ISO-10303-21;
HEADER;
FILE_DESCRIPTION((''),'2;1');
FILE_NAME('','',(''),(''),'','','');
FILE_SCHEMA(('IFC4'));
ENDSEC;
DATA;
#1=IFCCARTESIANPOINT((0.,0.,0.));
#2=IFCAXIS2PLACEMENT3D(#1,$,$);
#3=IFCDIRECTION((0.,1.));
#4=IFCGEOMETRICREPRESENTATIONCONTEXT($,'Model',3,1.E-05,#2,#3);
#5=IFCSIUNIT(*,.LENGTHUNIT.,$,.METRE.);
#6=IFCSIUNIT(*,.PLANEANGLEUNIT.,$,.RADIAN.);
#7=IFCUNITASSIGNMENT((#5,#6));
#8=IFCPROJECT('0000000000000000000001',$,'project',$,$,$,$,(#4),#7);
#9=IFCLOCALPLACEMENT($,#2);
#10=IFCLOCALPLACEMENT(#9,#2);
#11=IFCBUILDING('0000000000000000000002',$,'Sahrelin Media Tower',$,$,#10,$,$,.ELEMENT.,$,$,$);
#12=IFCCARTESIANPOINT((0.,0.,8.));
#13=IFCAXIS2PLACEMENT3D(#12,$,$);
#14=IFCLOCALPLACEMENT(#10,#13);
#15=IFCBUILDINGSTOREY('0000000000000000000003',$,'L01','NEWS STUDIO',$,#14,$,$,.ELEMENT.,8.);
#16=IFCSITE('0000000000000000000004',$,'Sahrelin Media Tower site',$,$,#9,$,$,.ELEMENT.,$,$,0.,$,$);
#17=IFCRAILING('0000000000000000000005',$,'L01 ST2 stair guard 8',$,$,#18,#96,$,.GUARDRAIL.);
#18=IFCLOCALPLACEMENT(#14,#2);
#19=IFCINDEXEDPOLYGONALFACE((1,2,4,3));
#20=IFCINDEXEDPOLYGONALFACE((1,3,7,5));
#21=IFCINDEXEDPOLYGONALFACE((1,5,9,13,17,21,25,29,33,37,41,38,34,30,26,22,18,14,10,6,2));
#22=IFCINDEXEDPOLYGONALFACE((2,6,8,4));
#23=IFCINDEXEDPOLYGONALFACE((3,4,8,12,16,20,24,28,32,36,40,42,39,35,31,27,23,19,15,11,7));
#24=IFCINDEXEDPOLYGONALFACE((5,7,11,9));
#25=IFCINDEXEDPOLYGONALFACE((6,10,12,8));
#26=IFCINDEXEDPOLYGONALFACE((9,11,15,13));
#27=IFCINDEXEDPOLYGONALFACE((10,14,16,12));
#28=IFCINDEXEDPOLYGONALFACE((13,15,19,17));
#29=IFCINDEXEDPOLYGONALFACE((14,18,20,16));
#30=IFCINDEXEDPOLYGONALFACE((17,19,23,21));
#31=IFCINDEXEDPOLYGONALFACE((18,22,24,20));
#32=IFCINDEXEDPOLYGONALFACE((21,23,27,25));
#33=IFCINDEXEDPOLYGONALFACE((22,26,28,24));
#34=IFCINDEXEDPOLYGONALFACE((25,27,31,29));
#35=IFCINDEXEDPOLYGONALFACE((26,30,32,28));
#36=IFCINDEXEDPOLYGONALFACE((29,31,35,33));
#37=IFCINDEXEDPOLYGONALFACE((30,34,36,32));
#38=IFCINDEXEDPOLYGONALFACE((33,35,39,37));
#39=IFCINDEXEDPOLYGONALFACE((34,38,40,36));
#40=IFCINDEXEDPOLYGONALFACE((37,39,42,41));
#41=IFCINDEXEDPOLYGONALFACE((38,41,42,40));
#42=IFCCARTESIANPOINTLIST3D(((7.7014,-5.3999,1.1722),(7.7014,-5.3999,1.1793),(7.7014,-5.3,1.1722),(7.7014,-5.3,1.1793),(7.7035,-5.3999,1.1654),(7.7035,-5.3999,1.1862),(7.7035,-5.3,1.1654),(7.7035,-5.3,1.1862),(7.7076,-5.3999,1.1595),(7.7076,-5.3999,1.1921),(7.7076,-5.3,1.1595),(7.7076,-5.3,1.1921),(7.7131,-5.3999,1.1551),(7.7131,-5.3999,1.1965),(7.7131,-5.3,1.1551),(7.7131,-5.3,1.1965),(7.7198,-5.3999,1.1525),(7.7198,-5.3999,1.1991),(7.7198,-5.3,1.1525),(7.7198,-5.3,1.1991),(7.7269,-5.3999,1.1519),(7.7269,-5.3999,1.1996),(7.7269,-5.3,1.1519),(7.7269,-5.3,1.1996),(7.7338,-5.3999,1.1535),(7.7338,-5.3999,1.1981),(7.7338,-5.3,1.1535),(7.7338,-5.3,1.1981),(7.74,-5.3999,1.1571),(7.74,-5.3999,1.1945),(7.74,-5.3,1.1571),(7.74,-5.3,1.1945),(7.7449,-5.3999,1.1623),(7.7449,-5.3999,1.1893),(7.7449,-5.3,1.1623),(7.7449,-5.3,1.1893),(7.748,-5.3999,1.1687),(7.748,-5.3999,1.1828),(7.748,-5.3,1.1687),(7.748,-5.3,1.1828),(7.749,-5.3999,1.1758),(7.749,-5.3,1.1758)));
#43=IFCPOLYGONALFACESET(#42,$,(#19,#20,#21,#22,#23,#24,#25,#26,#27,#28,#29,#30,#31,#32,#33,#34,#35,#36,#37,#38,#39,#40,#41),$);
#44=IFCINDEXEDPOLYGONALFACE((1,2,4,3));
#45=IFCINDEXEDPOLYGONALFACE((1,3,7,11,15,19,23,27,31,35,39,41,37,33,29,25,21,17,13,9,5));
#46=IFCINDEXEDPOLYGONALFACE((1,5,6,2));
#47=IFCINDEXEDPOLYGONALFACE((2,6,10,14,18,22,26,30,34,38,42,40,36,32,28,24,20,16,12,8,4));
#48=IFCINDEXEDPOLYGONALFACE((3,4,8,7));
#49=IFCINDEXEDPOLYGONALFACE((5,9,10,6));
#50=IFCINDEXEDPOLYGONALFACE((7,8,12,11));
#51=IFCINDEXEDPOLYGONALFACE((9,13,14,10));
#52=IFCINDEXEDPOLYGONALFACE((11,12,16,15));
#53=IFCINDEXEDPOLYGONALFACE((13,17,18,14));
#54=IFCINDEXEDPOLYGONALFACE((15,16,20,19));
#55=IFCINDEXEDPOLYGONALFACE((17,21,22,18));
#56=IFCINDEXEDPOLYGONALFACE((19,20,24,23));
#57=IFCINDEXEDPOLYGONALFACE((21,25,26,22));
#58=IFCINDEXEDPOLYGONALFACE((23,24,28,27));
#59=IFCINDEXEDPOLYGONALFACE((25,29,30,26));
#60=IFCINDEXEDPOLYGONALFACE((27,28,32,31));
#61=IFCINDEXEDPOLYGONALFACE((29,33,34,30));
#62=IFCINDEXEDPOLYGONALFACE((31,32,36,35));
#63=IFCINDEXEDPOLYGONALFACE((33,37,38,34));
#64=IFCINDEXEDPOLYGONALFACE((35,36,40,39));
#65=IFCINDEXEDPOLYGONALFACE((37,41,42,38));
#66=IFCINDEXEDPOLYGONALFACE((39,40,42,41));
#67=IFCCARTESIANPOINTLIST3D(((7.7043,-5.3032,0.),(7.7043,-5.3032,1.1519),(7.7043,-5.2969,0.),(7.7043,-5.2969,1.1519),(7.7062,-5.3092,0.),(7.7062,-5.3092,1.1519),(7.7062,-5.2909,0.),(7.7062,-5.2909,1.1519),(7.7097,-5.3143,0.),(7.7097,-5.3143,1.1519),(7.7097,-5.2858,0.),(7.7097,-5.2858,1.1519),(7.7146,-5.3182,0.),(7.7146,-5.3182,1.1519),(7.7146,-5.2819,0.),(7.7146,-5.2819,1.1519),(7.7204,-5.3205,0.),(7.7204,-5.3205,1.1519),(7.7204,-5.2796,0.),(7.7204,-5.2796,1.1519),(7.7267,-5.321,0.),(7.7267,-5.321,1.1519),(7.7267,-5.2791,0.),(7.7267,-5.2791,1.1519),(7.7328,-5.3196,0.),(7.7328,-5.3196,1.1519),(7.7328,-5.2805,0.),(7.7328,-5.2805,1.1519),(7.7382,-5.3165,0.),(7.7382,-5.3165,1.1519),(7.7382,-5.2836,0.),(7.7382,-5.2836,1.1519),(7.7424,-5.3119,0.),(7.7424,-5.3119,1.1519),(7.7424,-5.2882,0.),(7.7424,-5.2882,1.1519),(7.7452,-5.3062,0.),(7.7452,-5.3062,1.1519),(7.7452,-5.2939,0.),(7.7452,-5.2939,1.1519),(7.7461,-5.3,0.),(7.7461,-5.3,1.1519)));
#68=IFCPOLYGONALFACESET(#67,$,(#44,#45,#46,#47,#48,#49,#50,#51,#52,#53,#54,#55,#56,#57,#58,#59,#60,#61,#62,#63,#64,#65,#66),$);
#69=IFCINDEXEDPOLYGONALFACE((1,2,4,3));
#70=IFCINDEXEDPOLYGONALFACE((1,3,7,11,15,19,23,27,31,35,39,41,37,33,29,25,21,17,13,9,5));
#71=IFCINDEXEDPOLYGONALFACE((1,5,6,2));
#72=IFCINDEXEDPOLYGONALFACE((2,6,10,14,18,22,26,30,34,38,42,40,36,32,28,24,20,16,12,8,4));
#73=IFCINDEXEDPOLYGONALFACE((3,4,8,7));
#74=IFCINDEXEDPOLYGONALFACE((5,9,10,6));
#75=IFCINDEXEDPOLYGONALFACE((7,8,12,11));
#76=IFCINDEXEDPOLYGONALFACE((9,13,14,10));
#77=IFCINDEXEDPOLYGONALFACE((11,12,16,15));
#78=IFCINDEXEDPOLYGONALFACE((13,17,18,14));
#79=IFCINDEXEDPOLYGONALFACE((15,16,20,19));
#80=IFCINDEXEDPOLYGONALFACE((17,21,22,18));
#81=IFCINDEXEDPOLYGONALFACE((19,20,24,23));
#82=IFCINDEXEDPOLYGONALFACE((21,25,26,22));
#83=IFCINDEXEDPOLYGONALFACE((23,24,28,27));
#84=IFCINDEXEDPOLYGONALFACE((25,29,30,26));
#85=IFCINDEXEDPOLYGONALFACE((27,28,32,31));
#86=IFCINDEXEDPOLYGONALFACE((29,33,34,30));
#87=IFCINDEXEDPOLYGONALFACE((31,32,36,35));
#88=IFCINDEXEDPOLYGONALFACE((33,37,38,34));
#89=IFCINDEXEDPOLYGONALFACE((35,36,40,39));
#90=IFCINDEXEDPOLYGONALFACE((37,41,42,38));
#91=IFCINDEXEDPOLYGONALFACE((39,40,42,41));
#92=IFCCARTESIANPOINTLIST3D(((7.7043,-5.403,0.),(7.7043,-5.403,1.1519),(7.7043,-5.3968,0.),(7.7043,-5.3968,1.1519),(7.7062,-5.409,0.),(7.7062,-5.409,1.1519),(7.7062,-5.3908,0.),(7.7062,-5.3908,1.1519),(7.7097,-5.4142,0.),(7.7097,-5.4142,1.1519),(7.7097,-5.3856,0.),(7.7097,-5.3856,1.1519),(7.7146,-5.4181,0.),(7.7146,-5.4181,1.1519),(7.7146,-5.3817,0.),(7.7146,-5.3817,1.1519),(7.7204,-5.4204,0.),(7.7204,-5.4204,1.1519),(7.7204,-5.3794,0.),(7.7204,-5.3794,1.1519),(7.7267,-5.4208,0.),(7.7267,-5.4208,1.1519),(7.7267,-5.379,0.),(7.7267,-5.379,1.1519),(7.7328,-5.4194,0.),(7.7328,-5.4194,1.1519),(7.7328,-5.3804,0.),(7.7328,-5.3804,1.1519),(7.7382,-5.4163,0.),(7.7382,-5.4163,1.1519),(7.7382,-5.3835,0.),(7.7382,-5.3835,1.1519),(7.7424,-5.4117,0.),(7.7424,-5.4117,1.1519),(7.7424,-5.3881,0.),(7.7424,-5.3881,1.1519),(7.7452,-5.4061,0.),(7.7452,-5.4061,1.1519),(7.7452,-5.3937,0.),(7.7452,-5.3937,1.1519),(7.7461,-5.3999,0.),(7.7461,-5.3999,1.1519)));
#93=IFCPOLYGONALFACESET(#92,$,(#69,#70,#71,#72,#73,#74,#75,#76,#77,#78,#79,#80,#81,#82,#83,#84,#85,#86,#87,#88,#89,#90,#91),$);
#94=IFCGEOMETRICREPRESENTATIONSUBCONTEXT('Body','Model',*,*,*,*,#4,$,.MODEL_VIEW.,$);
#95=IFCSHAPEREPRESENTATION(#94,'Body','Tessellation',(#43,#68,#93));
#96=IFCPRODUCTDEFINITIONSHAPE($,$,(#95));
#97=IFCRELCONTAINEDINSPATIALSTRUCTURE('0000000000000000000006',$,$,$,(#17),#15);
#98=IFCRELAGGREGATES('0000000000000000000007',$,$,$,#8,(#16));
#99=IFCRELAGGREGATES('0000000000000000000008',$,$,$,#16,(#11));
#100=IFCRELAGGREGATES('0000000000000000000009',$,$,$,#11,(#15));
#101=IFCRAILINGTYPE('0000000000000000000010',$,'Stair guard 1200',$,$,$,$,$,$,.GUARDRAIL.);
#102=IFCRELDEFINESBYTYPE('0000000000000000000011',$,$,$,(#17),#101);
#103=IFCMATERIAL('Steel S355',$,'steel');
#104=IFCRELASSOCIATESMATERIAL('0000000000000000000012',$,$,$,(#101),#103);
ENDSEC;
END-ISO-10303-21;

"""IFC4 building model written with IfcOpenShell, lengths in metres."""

from ifc_helpers import new_model, si_unit, direction, frame, origin, origin_2d, place, context, subcontext, project, spatial, circle, extrude, material, type_object, element, save


model = new_model("IFC4")

# Units and contexts
model_context = context("Model", 3, precision=1e-05, world=origin(), true_north=direction((0.0, 1.0)))
body_context = subcontext(model_context, "Body", "Model", "MODEL_VIEW")
ifc_project = project(units=[si_unit("LENGTHUNIT", "METRE"), si_unit("PLANEANGLEUNIT", "RADIAN")], contexts=[model_context])

# Site, building, storey
site_placement = place(None, origin())
site = spatial("IfcSite", under=ifc_project, at=site_placement, Name="Sahrelin Media Tower site", CompositionType="ELEMENT", RefElevation=0.0)
building_placement = place(site_placement, origin())
building = spatial("IfcBuilding", under=site, at=building_placement, Name="Sahrelin Media Tower", CompositionType="ELEMENT")
storey_placement = place(building_placement, frame((0.0, 0.0, 8.0)))
storey = spatial("IfcBuildingStorey", under=building, at=storey_placement, Name="L01", Description="NEWS STUDIO", CompositionType="ELEMENT", Elevation=8.0)

# Railing
ifc_material_1 = material(Name="Steel S355", Category="steel")
railing_type_1 = type_object("IfcRailingType", Name="Stair guard 1200", PredefinedType="GUARDRAIL", material=ifc_material_1)
railing_1_placement = place(storey_placement, frame((7.7251, -5.3, 0.0)))
element("IfcRailing", 1, at=railing_1_placement, inside=storey, type_object=railing_type_1, Name="L01 ST2 stair guard 8", PredefinedType="GUARDRAIL", context=body_context, shape_type="SweptSolid", body=[
    extrude(circle(Radius=0.0239, at=origin_2d()), frame((0.0, 0.0, 1.1758), z_axis=(0.0, -1.0, 0.0), x_axis=(1.0, 0.0, 0.0)), (0.0, 0.0, 1.0), 0.0999),
    extrude(circle(Radius=0.021, at=origin_2d()), origin(), (0.0, 0.0, 1.0), 1.1519),
    extrude(circle(Radius=0.021, at=origin_2d()), frame((0.0, -0.0999, 0.0)), (0.0, 0.0, 1.0), 1.1519),
])

save(model, "model.ifc")
